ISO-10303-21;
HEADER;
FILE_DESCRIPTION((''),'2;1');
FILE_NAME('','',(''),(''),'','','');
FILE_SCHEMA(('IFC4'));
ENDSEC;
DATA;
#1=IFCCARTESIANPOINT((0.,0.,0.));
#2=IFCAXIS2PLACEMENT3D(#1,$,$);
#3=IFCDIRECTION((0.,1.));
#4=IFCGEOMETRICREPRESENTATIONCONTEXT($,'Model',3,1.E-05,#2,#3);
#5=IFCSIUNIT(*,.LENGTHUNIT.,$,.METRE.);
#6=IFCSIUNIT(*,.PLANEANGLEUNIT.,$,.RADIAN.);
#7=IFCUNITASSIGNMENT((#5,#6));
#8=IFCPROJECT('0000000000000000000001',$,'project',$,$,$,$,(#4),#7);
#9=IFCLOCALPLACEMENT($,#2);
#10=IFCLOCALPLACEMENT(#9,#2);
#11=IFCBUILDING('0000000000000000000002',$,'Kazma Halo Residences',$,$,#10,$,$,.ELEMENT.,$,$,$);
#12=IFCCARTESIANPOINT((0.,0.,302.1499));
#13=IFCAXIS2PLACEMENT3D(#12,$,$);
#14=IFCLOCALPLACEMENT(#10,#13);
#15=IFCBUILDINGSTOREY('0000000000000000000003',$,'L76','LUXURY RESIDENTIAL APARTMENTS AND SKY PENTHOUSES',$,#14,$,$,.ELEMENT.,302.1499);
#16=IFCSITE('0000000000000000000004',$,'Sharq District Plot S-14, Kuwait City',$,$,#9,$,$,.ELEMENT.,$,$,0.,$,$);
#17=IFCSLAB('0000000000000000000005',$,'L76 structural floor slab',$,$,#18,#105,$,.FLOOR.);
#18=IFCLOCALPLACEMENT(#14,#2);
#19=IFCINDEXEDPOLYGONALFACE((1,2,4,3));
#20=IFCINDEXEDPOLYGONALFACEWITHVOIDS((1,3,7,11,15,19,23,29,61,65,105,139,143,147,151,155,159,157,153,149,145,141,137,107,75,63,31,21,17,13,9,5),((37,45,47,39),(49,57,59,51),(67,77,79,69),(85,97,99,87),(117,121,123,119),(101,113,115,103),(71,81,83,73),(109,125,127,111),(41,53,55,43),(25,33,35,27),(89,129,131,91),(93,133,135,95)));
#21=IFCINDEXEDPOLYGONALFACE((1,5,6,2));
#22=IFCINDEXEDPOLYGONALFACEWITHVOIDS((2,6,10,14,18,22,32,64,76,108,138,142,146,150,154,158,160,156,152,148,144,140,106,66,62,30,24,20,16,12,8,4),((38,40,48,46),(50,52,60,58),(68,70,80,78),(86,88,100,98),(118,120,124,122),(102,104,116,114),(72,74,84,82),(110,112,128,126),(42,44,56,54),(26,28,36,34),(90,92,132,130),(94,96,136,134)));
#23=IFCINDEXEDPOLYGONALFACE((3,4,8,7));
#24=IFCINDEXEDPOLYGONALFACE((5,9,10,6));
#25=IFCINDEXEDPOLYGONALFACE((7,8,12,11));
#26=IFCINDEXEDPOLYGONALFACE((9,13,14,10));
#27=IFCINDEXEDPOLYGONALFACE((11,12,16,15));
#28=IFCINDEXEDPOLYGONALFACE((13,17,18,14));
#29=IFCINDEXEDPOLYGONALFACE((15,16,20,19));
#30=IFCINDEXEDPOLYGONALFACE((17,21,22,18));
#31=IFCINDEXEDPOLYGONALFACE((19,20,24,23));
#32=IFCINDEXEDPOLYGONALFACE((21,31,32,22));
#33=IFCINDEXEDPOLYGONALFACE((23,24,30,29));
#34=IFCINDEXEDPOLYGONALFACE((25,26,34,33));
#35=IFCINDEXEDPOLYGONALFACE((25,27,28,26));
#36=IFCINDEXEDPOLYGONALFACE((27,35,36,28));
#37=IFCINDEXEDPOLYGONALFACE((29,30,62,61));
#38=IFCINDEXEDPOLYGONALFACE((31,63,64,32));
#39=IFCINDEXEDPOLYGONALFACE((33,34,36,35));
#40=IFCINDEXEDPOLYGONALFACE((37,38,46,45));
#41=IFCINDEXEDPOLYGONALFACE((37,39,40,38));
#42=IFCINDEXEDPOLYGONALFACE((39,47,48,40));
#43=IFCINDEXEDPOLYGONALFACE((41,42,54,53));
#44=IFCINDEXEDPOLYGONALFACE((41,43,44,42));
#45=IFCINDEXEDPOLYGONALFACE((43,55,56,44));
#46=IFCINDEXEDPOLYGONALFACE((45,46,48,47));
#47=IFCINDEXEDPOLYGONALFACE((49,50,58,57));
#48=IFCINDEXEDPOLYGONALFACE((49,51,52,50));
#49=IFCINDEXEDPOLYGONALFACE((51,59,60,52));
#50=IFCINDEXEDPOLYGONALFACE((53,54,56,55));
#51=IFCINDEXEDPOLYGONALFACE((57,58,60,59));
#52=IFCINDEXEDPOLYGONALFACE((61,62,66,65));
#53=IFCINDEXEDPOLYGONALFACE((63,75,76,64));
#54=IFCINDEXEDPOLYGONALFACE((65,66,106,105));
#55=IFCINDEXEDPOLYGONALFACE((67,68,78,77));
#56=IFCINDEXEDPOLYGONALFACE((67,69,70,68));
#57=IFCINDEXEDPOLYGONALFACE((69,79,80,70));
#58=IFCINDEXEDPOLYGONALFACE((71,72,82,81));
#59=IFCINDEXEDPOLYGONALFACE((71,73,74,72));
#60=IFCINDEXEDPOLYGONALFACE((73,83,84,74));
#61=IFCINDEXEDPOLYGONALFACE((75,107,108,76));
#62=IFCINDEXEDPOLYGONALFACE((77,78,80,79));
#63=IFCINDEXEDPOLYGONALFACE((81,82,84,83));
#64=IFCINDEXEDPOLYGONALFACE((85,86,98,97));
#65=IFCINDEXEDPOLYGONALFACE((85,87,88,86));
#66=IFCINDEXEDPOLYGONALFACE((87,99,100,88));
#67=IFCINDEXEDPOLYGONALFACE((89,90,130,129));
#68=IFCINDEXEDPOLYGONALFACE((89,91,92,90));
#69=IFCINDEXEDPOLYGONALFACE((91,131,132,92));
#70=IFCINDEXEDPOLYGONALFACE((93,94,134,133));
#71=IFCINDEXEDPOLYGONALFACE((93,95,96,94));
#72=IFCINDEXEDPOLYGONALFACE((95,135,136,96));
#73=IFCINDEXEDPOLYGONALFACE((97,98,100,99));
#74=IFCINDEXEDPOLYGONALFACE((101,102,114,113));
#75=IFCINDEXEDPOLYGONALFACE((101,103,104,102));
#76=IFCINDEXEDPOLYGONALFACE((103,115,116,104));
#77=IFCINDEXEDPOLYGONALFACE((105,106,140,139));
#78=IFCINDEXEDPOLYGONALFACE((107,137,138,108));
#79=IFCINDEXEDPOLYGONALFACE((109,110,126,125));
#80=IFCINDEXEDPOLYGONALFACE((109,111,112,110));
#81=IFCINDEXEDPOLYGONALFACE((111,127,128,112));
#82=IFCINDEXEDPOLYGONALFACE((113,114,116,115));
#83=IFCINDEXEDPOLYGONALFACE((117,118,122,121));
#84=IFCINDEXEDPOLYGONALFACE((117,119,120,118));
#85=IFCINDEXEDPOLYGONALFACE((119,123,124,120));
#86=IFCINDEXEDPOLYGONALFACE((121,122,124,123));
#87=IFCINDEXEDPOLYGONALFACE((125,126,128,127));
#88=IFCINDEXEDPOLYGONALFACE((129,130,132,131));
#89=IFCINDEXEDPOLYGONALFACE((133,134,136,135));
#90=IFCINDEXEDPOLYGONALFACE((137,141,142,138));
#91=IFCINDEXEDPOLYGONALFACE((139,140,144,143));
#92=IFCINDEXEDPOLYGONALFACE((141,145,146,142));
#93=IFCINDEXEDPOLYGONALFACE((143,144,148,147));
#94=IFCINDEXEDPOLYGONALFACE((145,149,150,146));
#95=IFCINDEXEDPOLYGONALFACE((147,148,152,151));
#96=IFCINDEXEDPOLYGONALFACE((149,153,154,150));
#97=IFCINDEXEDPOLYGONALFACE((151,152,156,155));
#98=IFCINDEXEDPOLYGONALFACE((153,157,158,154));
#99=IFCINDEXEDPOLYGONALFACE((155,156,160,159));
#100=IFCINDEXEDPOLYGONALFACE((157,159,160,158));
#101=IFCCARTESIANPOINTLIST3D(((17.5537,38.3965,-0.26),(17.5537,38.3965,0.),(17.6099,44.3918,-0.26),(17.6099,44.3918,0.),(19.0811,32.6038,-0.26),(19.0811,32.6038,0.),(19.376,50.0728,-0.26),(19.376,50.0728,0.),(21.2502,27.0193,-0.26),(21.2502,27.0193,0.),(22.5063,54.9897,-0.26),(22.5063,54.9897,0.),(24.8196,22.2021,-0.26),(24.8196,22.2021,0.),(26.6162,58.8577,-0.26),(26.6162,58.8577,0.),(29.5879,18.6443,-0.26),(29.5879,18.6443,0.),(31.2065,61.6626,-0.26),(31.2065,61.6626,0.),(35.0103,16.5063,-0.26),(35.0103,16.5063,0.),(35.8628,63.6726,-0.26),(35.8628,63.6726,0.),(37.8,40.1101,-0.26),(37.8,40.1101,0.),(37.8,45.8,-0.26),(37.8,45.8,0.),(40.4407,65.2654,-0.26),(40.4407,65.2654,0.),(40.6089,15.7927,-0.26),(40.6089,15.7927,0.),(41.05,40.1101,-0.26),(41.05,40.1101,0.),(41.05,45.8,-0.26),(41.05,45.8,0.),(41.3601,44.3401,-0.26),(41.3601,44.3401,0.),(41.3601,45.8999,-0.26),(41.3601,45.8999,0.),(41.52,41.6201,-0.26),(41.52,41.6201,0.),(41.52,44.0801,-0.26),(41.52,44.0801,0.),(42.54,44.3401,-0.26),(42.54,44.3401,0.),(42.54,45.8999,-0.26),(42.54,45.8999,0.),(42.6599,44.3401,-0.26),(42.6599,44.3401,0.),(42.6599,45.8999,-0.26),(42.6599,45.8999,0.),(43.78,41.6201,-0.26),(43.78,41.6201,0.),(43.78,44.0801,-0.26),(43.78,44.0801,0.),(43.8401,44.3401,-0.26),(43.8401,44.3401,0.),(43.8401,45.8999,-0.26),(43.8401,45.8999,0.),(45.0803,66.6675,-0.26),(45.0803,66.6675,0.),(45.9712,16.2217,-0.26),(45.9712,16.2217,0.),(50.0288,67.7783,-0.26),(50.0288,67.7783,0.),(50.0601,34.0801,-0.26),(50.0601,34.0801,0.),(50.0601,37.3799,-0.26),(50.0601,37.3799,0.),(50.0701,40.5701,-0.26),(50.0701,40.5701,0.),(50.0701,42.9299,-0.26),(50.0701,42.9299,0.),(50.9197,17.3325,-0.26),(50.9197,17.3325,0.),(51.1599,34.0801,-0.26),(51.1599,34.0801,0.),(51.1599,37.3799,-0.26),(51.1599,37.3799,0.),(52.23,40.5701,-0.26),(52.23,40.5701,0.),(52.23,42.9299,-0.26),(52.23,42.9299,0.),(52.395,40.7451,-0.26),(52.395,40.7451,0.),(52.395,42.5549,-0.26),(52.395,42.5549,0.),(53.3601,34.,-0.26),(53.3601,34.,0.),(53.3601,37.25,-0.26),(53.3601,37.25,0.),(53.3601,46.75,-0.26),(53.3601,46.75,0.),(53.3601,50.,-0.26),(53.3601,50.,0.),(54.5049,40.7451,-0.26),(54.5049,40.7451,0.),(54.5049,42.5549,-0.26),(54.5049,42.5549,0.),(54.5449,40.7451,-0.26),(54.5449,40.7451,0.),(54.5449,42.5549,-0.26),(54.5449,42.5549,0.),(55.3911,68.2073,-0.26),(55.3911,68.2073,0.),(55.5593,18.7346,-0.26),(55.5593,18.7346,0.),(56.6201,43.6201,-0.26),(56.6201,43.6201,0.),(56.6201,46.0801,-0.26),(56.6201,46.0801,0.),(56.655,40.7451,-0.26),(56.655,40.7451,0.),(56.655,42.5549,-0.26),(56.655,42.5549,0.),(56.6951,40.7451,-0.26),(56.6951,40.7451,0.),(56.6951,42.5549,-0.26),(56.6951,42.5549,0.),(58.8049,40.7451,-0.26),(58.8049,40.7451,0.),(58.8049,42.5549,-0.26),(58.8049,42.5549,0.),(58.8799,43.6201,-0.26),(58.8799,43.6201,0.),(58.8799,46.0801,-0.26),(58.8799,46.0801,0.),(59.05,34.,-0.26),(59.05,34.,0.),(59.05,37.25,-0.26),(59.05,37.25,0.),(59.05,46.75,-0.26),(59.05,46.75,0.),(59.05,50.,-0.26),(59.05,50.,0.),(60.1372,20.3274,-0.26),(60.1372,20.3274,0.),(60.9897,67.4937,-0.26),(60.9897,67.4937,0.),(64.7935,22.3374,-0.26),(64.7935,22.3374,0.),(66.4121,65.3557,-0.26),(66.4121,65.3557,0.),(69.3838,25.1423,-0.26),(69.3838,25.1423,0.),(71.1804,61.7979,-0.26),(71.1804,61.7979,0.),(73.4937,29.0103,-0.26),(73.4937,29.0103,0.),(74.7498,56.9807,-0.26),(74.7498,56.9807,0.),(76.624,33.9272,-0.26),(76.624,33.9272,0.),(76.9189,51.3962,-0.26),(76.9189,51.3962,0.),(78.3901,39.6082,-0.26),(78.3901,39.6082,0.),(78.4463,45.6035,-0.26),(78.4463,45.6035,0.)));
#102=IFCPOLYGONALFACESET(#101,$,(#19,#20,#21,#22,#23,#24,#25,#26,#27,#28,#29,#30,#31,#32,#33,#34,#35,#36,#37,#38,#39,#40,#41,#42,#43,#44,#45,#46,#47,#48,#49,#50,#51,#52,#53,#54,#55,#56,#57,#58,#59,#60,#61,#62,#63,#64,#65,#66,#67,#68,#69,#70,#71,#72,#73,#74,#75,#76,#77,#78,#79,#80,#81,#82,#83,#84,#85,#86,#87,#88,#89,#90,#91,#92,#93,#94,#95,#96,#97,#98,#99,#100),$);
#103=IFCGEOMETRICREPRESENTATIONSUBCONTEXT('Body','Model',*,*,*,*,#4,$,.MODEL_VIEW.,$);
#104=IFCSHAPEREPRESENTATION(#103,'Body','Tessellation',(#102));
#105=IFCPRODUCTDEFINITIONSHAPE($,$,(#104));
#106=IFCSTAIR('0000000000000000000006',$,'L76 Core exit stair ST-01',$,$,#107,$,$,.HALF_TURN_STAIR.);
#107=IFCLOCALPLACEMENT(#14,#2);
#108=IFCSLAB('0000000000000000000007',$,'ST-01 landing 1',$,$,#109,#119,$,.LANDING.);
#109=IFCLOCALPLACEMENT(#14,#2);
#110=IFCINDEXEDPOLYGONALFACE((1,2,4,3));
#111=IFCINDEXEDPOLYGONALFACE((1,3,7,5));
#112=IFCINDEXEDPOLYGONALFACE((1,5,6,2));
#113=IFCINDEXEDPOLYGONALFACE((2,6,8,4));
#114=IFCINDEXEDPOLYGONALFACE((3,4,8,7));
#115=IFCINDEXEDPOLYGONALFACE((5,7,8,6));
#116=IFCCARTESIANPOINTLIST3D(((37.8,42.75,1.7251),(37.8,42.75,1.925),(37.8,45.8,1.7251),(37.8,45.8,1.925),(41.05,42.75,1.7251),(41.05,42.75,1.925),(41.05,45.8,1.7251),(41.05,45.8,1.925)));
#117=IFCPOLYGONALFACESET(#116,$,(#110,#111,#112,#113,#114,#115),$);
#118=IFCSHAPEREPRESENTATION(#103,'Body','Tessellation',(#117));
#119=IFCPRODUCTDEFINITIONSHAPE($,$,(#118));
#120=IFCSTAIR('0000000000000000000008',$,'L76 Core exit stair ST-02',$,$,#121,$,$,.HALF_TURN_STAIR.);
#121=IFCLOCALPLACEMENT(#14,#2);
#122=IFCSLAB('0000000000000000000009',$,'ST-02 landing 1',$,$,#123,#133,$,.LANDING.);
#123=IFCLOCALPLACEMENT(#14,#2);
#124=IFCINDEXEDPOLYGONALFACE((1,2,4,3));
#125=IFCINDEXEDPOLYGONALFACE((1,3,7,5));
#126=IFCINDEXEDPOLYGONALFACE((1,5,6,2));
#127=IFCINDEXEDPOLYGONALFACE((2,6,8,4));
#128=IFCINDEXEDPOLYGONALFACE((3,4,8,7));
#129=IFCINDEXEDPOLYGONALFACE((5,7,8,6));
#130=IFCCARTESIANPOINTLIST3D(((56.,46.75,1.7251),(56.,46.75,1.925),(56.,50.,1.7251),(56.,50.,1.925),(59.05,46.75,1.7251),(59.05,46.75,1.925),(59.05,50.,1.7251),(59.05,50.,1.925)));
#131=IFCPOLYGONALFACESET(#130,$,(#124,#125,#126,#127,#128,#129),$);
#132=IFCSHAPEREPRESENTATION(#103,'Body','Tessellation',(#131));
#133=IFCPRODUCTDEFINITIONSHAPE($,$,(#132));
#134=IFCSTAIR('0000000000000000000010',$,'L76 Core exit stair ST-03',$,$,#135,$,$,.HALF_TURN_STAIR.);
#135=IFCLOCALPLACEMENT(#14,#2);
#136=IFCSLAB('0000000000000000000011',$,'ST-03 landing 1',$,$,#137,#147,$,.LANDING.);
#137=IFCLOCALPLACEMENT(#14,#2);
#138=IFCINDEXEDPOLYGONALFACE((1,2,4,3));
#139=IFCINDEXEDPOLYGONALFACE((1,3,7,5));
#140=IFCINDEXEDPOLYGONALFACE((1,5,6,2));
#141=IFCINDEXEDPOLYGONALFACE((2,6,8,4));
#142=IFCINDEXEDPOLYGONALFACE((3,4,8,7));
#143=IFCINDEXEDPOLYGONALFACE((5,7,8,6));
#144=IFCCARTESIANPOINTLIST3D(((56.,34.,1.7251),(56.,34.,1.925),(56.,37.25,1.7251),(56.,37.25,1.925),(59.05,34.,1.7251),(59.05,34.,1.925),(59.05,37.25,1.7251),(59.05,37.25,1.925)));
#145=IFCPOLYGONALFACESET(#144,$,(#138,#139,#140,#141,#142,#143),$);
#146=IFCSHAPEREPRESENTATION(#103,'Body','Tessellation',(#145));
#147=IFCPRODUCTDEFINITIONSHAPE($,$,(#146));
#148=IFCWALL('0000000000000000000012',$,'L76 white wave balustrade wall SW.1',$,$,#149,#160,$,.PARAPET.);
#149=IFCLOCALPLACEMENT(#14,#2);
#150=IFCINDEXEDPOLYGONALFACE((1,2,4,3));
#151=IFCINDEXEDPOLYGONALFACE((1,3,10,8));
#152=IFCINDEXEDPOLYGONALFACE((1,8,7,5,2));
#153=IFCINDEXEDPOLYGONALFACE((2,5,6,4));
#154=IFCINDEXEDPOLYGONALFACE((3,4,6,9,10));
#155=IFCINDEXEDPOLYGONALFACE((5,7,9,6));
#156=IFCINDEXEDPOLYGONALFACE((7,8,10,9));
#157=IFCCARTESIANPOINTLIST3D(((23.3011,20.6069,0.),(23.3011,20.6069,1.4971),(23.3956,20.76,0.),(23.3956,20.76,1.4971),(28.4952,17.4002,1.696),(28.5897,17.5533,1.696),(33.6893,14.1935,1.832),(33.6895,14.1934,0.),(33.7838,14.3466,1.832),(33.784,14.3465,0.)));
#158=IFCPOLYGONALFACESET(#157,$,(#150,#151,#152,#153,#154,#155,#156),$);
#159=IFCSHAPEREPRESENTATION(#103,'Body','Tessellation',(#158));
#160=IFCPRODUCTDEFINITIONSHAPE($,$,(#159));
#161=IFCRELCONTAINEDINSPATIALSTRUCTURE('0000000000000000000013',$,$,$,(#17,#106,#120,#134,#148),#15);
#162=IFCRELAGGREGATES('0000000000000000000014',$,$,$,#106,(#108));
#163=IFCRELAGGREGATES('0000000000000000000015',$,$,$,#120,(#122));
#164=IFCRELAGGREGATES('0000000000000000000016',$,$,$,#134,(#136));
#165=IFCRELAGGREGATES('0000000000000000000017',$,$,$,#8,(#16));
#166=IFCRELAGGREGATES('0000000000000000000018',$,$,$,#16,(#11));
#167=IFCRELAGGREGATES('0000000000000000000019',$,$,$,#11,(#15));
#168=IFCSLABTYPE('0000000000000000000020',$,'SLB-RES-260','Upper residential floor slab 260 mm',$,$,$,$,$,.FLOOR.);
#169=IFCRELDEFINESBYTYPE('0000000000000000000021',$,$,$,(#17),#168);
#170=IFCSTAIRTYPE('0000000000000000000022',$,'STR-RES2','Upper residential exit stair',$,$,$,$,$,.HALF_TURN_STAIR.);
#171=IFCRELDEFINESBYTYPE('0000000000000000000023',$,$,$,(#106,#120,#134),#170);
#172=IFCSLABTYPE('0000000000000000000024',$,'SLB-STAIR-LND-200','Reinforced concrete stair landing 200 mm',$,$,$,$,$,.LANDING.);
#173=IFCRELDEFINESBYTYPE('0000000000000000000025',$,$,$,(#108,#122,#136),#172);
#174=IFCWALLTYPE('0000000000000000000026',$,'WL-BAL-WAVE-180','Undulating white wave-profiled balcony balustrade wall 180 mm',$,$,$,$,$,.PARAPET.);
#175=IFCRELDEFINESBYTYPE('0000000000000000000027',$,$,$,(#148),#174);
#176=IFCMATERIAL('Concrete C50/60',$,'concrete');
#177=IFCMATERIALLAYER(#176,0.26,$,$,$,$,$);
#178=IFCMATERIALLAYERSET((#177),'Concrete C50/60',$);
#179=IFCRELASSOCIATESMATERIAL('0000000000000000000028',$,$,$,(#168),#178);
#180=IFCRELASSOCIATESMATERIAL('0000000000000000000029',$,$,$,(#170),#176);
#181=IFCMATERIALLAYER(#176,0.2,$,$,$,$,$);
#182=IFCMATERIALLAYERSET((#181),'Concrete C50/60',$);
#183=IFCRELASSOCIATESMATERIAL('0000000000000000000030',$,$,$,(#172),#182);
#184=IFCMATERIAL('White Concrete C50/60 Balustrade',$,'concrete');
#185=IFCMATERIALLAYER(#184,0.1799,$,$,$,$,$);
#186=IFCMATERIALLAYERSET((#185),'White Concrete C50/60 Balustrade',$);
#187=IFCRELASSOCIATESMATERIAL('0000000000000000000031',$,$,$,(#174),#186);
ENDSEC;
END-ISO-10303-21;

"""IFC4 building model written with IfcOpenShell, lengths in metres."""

from ifc_helpers import new_model, si_unit, direction, frame, origin, place, context, subcontext, project, spatial, polyline, outline, extrude, material, layer, layer_set, type_object, element, aggregate, save


model = new_model("IFC4")

# Units and contexts
model_context = context("Model", 3, precision=1e-05, world=origin(), true_north=direction((0.0, 1.0)))
body_context = subcontext(model_context, "Body", "Model", "MODEL_VIEW")
ifc_project = project(units=[si_unit("LENGTHUNIT", "METRE"), si_unit("PLANEANGLEUNIT", "RADIAN")], contexts=[model_context])

# Site, building, storey
site_placement = place(None, origin())
site = spatial("IfcSite", under=ifc_project, at=site_placement, Name="Sharq District Plot S-14, Kuwait City", CompositionType="ELEMENT", RefElevation=0.0)
building_placement = place(site_placement, origin())
building = spatial("IfcBuilding", under=site, at=building_placement, Name="Kazma Halo Residences", CompositionType="ELEMENT")
storey_placement = place(building_placement, frame((0.0, 0.0, 302.1499)))
storey = spatial("IfcBuildingStorey", under=building, at=storey_placement, Name="L76", Description="LUXURY RESIDENTIAL APARTMENTS AND SKY PENTHOUSES", CompositionType="ELEMENT", Elevation=302.1499)

# Slab
ifc_material_1 = material(Name="Concrete C50/60", Category="concrete")
ifc_layer_1 = layer(ifc_material_1, 0.26)
ifc_layer_set_1 = layer_set([ifc_layer_1], Name="Concrete C50/60")
slab_type_1 = type_object("IfcSlabType", Name="SLB-RES-260", Description="Upper residential floor slab 260 mm", PredefinedType="FLOOR", material=ifc_layer_set_1)
slab_1_placement = place(storey_placement, frame((0.0, 0.0, -0.26)))
element("IfcSlab", 1, at=slab_1_placement, inside=storey, type_object=slab_type_1, Name="L76 structural floor slab", PredefinedType="FLOOR", context=body_context, shape_type="SweptSolid", body=[
    extrude(outline(polyline([(76.9189, 51.3962), (74.7498, 56.9807), (71.1804, 61.7979), (66.4121, 65.3557), (60.9897, 67.4937), (55.3911, 68.2073), (50.0288, 67.7783), (45.0803, 66.6675), (40.4407, 65.2654), (35.8628, 63.6726), (31.2065, 61.6626), (26.6162, 58.8577), (22.5063, 54.9897), (19.376, 50.0728), (17.6099, 44.3918), (17.5537, 38.3965), (19.0811, 32.6038), (21.2502, 27.0193), (24.8196, 22.2021), (29.5879, 18.6443), (35.0103, 16.5063), (40.6089, 15.7927), (45.9712, 16.2217), (50.9197, 17.3325), (55.5593, 18.7346), (60.1372, 20.3274), (64.7935, 22.3374), (69.3838, 25.1423), (73.4937, 29.0103), (76.624, 33.9272), (78.3901, 39.6082), (78.4463, 45.6035), (76.9189, 51.3962)]), holes=[polyline([(37.8, 40.1101), (41.05, 40.1101), (41.05, 45.8), (37.8, 45.8), (37.8, 40.1101)]), polyline([(53.3601, 46.75), (59.05, 46.75), (59.05, 50.0), (53.3601, 50.0), (53.3601, 46.75)]), polyline([(53.3601, 34.0), (59.05, 34.0), (59.05, 37.25), (53.3601, 37.25), (53.3601, 34.0)]), polyline([(41.52, 41.6201), (43.78, 41.6201), (43.78, 44.0801), (41.52, 44.0801), (41.52, 41.6201)]), polyline([(56.6201, 43.6201), (58.8799, 43.6201), (58.8799, 46.0801), (56.6201, 46.0801), (56.6201, 43.6201)]), polyline([(52.395, 40.7451), (54.5049, 40.7451), (54.5049, 42.5549), (52.395, 42.5549), (52.395, 40.7451)]), polyline([(54.5449, 40.7451), (56.655, 40.7451), (56.655, 42.5549), (54.5449, 42.5549), (54.5449, 40.7451)]), polyline([(56.6951, 40.7451), (58.8049, 40.7451), (58.8049, 42.5549), (56.6951, 42.5549), (56.6951, 40.7451)]), polyline([(50.0701, 40.5701), (52.23, 40.5701), (52.23, 42.9299), (50.0701, 42.9299), (50.0701, 40.5701)]), polyline([(41.3601, 44.3401), (42.54, 44.3401), (42.54, 45.8999), (41.3601, 45.8999), (41.3601, 44.3401)]), polyline([(42.6599, 44.3401), (43.8401, 44.3401), (43.8401, 45.8999), (42.6599, 45.8999), (42.6599, 44.3401)]), polyline([(50.0601, 34.0801), (51.1599, 34.0801), (51.1599, 37.3799), (50.0601, 37.3799), (50.0601, 34.0801)])]), origin(), (0.0, 0.0, 1.0), 0.26),
])

# Stairs, slabs
stair_type = type_object("IfcStairType", Name="STR-RES2", Description="Upper residential exit stair", PredefinedType="HALF_TURN_STAIR", material=ifc_material_1)
stair_1_placement = place(storey_placement, origin())
stair_1 = element("IfcStair", 2, at=stair_1_placement, inside=storey, type_object=stair_type, Name="L76 Core exit stair ST-01", PredefinedType="HALF_TURN_STAIR")
ifc_layer_2 = layer(ifc_material_1, 0.2)
ifc_layer_set_2 = layer_set([ifc_layer_2], Name="Concrete C50/60")
slab_type_2 = type_object("IfcSlabType", Name="SLB-STAIR-LND-200", Description="Reinforced concrete stair landing 200 mm", PredefinedType="LANDING", material=ifc_layer_set_2)
slab_2_placement = place(storey_placement, frame((0.0, 0.0, 1.7251)))
slab_2 = element("IfcSlab", 3, at=slab_2_placement, type_object=slab_type_2, Name="ST-01 landing 1", PredefinedType="LANDING", context=body_context, shape_type="SweptSolid", body=[
    extrude(outline(polyline([(41.05, 42.75), (41.05, 45.8), (37.8, 45.8), (37.8, 42.75), (41.05, 42.75)])), origin(), (0.0, 0.0, 1.0), 0.2),
])
aggregate(stair_1, [slab_2])
stair_2_placement = place(storey_placement, origin())
stair_2 = element("IfcStair", 4, at=stair_2_placement, inside=storey, type_object=stair_type, Name="L76 Core exit stair ST-02", PredefinedType="HALF_TURN_STAIR")
slab_3_placement = place(storey_placement, frame((0.0, 0.0, 1.7251)))
slab_3 = element("IfcSlab", 5, at=slab_3_placement, type_object=slab_type_2, Name="ST-02 landing 1", PredefinedType="LANDING", context=body_context, shape_type="SweptSolid", body=[
    extrude(outline(polyline([(56.0, 46.75), (59.05, 46.75), (59.05, 50.0), (56.0, 50.0), (56.0, 46.75)])), origin(), (0.0, 0.0, 1.0), 0.2),
])
aggregate(stair_2, [slab_3])
stair_3_placement = place(storey_placement, origin())
stair_3 = element("IfcStair", 6, at=stair_3_placement, inside=storey, type_object=stair_type, Name="L76 Core exit stair ST-03", PredefinedType="HALF_TURN_STAIR")
slab_4_placement = place(storey_placement, frame((0.0, 0.0, 1.7251)))
slab_4 = element("IfcSlab", 7, at=slab_4_placement, type_object=slab_type_2, Name="ST-03 landing 1", PredefinedType="LANDING", context=body_context, shape_type="SweptSolid", body=[
    extrude(outline(polyline([(56.0, 34.0), (59.05, 34.0), (59.05, 37.25), (56.0, 37.25), (56.0, 34.0)])), origin(), (0.0, 0.0, 1.0), 0.2),
])
aggregate(stair_3, [slab_4])

# Wall
ifc_material_2 = material(Name="White Concrete C50/60 Balustrade", Category="concrete")
ifc_layer_3 = layer(ifc_material_2, 0.1799)
ifc_layer_set_3 = layer_set([ifc_layer_3], Name="White Concrete C50/60 Balustrade")
wall_type_1 = type_object("IfcWallType", Name="WL-BAL-WAVE-180", Description="Undulating white wave-profiled balcony balustrade wall 180 mm", PredefinedType="PARAPET", material=ifc_layer_set_3)
wall_1_placement = place(storey_placement, frame((23.3484, 20.6836, 0.0), z_axis=(0.0, 0.0, 1.0), x_axis=(0.850901, -0.525326, 0.0)))
element("IfcWall", 8, at=wall_1_placement, inside=storey, type_object=wall_type_1, Name="L76 white wave balustrade wall SW.1", PredefinedType="PARAPET", context=body_context, shape_type="SweptSolid", body=[
    extrude(outline(polyline([(0.0, 0.0), (12.2087, 0.0), (12.2085, 1.832), (6.1042, 1.696), (0.0, 1.4971), (0.0, 0.0)])), frame((0.0, 0.0898, 0.0), z_axis=(0.0, -1.0, 0.0), x_axis=(1.0, 0.0, 0.0)), (0.0, 0.0, 1.0), 0.1799),
])

save(model, "model.ifc")
